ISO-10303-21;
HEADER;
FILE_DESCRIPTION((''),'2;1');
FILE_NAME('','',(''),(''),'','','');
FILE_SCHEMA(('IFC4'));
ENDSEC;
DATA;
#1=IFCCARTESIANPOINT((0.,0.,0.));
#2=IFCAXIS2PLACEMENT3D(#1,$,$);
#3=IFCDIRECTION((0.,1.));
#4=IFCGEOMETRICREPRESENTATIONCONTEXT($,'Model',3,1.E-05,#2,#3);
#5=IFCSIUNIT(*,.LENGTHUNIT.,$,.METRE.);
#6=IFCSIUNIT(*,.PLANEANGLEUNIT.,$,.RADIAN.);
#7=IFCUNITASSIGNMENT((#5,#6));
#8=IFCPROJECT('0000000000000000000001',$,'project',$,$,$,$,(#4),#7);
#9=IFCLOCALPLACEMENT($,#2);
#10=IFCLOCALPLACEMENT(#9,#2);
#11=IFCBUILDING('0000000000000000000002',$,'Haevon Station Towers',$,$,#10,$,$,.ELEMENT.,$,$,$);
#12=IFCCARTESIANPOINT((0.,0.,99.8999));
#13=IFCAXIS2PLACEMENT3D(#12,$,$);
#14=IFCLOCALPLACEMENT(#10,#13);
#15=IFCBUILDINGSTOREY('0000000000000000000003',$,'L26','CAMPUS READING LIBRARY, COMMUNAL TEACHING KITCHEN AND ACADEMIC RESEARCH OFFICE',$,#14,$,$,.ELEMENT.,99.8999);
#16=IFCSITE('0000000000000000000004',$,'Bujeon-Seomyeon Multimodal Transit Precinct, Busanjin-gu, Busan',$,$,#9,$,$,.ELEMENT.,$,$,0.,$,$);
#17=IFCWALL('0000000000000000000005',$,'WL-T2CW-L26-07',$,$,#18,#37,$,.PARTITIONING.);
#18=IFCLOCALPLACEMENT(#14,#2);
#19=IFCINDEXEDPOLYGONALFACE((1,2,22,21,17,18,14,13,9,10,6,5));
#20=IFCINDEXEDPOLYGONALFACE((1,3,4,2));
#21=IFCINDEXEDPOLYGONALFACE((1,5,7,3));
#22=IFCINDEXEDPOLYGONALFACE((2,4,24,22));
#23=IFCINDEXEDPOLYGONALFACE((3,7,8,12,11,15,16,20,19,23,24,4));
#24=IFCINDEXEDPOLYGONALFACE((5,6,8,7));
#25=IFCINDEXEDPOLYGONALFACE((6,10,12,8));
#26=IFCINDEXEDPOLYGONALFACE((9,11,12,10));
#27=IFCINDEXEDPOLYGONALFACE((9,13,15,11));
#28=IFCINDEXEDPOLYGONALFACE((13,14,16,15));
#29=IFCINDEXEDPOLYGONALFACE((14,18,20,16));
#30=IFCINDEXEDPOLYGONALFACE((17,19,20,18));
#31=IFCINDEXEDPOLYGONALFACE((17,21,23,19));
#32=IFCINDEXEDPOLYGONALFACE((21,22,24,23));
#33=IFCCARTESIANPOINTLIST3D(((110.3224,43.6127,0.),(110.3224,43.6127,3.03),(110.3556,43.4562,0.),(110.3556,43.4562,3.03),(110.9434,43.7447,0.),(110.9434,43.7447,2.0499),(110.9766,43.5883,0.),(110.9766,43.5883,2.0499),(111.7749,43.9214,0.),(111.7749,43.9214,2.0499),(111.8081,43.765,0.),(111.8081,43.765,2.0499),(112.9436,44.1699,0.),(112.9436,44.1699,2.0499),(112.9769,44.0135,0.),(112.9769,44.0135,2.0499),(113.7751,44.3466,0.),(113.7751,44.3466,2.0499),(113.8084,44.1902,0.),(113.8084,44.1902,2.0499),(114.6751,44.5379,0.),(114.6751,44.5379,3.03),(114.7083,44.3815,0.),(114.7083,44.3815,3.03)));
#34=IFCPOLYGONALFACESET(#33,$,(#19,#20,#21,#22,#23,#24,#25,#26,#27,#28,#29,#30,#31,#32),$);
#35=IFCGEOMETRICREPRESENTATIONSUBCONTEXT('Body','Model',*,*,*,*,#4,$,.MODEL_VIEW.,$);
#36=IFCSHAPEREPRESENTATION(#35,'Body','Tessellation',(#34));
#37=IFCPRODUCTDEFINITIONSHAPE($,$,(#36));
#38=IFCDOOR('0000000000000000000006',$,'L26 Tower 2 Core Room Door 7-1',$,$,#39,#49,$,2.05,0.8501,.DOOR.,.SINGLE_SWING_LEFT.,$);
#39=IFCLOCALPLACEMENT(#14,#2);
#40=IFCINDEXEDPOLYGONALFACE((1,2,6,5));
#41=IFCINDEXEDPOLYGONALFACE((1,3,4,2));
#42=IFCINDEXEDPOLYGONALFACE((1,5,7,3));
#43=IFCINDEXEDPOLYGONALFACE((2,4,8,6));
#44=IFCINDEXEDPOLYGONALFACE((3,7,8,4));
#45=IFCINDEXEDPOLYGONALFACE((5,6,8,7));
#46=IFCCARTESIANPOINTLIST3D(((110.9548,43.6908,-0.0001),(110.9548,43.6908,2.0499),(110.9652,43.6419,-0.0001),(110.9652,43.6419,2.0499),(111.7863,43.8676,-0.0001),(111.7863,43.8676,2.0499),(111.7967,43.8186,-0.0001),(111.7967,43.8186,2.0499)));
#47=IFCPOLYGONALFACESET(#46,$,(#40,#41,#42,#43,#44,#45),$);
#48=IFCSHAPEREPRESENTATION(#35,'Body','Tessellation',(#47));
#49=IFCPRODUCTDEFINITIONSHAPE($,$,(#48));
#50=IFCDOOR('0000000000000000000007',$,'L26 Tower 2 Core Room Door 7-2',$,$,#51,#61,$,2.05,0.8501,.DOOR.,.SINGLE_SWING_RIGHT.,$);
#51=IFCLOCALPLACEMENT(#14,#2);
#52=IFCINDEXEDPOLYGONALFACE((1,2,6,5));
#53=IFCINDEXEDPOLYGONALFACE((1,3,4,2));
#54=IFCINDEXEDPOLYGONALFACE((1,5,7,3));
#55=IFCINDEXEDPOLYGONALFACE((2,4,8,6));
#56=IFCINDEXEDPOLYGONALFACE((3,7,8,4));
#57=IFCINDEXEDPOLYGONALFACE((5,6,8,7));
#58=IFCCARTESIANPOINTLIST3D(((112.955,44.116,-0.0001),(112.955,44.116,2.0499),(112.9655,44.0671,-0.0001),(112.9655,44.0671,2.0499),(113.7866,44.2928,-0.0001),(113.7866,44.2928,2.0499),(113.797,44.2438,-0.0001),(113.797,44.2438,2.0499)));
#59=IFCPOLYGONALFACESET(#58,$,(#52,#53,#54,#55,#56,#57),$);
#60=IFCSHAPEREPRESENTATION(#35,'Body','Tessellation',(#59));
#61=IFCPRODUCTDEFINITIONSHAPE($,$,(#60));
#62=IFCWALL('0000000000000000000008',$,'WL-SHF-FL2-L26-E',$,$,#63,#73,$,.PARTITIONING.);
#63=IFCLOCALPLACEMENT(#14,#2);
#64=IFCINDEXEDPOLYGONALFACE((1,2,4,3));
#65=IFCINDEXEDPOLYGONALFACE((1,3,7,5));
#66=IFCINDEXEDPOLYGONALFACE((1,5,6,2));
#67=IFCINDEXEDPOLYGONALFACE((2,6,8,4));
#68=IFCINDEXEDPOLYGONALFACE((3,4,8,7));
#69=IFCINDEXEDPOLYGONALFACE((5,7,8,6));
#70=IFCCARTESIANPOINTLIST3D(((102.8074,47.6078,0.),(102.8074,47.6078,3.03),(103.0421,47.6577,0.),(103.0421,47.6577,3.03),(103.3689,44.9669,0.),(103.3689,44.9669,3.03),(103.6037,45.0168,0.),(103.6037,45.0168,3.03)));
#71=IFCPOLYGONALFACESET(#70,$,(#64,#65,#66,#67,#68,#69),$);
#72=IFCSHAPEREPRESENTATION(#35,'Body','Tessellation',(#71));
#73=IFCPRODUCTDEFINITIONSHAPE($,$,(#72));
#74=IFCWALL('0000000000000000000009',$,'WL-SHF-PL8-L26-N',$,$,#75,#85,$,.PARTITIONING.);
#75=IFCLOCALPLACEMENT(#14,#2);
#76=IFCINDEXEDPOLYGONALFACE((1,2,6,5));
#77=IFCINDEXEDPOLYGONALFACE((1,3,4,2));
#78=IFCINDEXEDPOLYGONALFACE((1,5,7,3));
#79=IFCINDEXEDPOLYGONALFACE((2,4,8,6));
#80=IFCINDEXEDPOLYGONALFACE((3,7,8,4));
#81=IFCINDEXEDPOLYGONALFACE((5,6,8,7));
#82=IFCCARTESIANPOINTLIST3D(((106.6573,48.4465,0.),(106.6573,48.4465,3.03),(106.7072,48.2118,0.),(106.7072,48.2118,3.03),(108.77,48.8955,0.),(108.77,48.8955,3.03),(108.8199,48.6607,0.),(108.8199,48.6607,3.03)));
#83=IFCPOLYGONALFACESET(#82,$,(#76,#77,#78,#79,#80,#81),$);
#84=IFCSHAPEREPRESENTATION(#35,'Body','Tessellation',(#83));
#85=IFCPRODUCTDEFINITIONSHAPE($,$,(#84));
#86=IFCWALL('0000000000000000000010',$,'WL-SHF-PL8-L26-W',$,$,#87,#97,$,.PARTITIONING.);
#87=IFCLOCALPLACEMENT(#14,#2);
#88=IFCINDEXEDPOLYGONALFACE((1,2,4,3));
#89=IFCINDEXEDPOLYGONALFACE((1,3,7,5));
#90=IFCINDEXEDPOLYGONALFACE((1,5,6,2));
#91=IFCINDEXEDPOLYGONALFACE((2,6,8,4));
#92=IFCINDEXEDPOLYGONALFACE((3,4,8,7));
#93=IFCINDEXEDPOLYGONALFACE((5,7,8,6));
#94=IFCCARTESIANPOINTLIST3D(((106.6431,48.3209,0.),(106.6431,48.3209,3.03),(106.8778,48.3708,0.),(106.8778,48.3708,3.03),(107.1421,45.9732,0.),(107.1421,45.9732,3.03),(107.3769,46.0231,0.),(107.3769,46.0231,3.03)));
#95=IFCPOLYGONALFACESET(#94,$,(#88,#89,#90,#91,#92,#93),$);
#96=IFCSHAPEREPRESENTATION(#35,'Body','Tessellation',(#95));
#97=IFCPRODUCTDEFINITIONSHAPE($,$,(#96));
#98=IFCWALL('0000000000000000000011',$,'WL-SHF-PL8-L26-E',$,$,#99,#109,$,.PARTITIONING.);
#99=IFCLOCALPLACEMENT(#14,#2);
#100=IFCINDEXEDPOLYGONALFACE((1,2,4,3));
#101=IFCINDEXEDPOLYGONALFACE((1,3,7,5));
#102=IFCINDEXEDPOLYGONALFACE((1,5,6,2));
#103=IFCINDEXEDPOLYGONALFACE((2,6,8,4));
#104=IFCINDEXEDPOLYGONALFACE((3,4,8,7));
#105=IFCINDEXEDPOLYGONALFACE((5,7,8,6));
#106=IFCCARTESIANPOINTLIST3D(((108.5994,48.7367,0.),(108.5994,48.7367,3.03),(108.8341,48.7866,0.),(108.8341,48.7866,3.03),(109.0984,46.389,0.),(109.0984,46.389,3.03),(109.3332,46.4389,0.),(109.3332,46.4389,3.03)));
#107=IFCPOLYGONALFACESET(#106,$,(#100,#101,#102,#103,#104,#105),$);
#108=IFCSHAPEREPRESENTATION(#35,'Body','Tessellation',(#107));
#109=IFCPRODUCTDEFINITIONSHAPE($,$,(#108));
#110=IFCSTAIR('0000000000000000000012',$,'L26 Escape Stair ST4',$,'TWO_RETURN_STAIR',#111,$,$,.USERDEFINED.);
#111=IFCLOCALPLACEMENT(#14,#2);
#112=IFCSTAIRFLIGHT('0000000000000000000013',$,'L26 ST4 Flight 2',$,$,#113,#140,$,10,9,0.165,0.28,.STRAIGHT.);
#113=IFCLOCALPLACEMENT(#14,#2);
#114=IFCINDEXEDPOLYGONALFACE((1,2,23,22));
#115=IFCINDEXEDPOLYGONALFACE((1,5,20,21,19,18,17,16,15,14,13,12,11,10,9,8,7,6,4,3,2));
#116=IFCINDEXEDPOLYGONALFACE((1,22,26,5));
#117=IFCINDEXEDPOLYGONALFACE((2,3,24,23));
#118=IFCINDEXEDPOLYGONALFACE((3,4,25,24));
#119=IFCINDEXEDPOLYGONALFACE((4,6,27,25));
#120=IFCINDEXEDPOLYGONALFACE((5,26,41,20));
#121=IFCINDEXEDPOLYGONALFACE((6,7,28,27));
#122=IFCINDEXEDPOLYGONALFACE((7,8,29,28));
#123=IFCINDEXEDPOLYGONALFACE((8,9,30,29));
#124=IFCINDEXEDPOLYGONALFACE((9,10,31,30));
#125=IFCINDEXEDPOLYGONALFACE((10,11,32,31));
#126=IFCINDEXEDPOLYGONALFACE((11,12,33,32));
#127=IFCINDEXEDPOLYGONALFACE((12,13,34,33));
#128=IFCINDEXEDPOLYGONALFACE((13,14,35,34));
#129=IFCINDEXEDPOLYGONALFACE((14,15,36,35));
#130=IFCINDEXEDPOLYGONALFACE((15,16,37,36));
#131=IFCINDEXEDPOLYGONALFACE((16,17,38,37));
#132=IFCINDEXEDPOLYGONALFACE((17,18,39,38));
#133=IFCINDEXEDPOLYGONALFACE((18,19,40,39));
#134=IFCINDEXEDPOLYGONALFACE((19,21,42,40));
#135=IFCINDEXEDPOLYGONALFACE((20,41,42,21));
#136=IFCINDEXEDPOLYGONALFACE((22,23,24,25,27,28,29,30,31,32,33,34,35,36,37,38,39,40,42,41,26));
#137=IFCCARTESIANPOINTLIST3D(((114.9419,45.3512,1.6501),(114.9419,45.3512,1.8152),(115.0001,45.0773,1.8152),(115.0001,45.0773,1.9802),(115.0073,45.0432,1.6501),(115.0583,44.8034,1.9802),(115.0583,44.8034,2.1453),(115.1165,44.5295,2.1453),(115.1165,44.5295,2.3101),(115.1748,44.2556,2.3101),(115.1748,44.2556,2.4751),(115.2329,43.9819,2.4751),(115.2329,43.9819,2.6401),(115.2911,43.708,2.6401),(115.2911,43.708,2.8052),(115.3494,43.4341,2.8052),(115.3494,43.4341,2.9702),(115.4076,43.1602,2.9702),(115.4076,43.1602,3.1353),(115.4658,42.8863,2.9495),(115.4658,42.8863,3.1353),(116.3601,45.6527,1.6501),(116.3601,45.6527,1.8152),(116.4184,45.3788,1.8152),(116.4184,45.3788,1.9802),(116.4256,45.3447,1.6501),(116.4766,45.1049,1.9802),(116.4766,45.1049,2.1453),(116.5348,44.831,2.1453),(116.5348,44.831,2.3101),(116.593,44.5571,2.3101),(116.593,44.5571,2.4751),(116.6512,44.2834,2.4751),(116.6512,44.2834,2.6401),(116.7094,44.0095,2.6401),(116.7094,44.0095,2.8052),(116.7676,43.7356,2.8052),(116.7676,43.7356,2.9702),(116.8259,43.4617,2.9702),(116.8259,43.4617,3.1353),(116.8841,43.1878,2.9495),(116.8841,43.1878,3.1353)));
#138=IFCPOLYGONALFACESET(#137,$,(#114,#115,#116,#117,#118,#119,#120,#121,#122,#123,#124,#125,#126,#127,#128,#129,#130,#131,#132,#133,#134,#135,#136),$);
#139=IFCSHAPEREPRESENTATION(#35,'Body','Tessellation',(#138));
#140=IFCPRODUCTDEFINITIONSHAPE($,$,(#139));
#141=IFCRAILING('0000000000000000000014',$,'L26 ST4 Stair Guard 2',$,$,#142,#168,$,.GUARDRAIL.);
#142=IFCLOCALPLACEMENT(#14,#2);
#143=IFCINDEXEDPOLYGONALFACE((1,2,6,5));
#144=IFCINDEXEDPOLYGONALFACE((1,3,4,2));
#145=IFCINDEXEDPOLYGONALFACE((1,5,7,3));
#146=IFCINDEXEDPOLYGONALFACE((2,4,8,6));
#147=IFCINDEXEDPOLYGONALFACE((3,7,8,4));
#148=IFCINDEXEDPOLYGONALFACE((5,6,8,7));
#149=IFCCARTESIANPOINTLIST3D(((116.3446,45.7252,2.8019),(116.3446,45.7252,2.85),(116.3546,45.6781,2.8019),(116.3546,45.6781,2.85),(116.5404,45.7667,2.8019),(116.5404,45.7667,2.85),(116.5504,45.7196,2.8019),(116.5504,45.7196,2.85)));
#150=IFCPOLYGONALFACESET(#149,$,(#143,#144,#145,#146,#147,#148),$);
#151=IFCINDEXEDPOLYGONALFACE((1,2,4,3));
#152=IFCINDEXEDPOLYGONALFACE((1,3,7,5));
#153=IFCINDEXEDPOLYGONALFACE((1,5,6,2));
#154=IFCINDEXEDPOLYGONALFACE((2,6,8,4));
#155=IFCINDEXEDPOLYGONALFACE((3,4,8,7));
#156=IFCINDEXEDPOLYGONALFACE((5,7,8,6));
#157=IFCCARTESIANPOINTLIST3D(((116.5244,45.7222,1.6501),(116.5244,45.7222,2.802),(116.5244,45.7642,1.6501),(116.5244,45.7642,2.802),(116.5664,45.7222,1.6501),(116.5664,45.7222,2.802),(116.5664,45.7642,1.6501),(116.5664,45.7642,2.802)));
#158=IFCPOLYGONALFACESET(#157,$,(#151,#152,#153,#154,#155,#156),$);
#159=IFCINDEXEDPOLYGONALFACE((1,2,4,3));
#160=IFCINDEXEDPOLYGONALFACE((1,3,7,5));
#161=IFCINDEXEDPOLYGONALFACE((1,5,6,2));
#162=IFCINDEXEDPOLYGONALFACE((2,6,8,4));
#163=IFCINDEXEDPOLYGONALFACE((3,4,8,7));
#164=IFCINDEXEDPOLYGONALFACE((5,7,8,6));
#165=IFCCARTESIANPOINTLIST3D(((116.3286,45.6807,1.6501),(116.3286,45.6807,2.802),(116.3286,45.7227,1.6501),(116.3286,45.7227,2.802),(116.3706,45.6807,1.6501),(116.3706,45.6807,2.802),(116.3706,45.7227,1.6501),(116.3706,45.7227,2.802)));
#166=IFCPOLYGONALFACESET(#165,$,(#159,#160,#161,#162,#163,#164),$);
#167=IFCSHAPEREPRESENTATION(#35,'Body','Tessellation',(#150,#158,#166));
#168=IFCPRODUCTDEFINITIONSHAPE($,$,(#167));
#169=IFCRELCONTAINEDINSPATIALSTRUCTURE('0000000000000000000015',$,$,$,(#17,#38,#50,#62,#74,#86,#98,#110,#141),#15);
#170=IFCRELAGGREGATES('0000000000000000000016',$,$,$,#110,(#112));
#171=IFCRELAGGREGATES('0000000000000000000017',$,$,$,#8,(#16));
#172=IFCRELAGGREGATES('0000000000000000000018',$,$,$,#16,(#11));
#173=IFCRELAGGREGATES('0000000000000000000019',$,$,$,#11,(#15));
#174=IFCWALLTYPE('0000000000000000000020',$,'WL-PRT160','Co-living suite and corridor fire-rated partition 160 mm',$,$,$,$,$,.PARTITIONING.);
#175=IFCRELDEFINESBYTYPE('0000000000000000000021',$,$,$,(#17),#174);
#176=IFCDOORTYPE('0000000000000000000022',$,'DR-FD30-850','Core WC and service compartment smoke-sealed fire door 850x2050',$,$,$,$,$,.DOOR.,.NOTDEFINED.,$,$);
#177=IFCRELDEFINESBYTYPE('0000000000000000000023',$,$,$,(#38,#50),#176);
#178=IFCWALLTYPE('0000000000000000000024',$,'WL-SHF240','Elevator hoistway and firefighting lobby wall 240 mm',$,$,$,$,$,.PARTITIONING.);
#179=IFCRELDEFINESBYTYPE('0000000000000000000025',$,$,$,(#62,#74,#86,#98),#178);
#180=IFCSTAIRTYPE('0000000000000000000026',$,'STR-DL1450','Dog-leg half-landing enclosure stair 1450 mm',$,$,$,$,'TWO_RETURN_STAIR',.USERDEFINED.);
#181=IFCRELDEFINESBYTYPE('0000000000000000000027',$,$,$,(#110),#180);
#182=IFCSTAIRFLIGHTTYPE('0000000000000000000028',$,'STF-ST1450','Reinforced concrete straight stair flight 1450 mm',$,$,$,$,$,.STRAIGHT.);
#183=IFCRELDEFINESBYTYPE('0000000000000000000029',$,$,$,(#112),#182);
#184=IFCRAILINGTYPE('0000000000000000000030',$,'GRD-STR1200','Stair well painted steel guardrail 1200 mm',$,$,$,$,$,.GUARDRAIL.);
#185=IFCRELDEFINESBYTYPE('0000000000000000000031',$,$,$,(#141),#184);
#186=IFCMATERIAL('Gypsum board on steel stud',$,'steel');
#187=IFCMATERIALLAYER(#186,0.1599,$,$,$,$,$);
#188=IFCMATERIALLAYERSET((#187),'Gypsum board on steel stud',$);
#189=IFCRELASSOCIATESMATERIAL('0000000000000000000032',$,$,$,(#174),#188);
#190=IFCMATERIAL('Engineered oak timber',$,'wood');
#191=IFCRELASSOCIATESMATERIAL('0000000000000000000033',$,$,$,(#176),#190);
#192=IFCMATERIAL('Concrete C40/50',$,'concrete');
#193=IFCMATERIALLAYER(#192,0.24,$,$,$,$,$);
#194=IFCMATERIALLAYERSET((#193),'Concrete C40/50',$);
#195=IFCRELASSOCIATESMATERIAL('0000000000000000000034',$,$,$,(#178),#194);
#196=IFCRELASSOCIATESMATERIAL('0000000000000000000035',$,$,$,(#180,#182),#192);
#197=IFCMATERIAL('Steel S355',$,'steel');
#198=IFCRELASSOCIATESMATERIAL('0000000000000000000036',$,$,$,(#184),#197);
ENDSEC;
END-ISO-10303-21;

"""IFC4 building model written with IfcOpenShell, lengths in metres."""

from ifc_helpers import new_model, si_unit, direction, frame, frame_2d, origin, origin_2d, place, context, subcontext, project, spatial, polyline, rectangle, outline, extrude, material, layer, layer_set, type_object, element, fill, aggregate, save


model = new_model("IFC4")

# Units and contexts
model_context = context("Model", 3, precision=1e-05, world=origin(), true_north=direction((0.0, 1.0)))
body_context = subcontext(model_context, "Body", "Model", "MODEL_VIEW")
ifc_project = project(units=[si_unit("LENGTHUNIT", "METRE"), si_unit("PLANEANGLEUNIT", "RADIAN")], contexts=[model_context])

# Site, building, storey
site_placement = place(None, origin())
site = spatial("IfcSite", under=ifc_project, at=site_placement, Name="Bujeon-Seomyeon Multimodal Transit Precinct, Busanjin-gu, Busan", CompositionType="ELEMENT", RefElevation=0.0)
building_placement = place(site_placement, origin())
building = spatial("IfcBuilding", under=site, at=building_placement, Name="Haevon Station Towers", CompositionType="ELEMENT")
storey_placement = place(building_placement, frame((0.0, 0.0, 99.8999)))
storey = spatial("IfcBuildingStorey", under=building, at=storey_placement, Name="L26", Description="CAMPUS READING LIBRARY, COMMUNAL TEACHING KITCHEN AND ACADEMIC RESEARCH OFFICE", CompositionType="ELEMENT", Elevation=99.8999)

# Shared definitions
ifc_material_1 = material(Name="Gypsum board on steel stud", Category="steel")
ifc_material_2 = material(Name="Engineered oak timber", Category="wood")

# Shared definitions
ifc_layer_1 = layer(ifc_material_1, 0.1599)
ifc_layer_set_1 = layer_set([ifc_layer_1], Name="Gypsum board on steel stud")
wall_type_1 = type_object("IfcWallType", Name="WL-PRT160", Description="Co-living suite and corridor fire-rated partition 160 mm", PredefinedType="PARTITIONING", material=ifc_layer_set_1)

# Wall, openings, doors
wall_1_placement = place(storey_placement, frame((110.3389, 43.5344, 0.0), z_axis=(0.0, 0.0, 1.0), x_axis=(0.978144, 0.207929, 0.0)))
wall_1 = element("IfcWall", 1, at=wall_1_placement, inside=storey, type_object=wall_type_1, Name="WL-T2CW-L26-07", PredefinedType="PARTITIONING", context=body_context, shape_type="SweptSolid", body=[
    extrude(rectangle(XDim=4.45, YDim=0.1599, at=frame_2d((2.2251, 0.0))), origin(), (0.0, 0.0, 1.0), 3.03),
])
opening_1_placement = place(wall_1_placement, frame((0.635, 0.0, 0.0)))
opening_1 = element("IfcOpeningElement", 2, at=opening_1_placement, cuts=wall_1, PredefinedType="OPENING", context=body_context, shape_type="SweptSolid", body=[
    extrude(rectangle(XDim=0.8501, YDim=2.05, at=frame_2d((0.425, 1.0249))), frame((0.0, 0.0898, 0.0), z_axis=(0.0, -1.0, 0.0), x_axis=(1.0, 0.0, 0.0)), (0.0, 0.0, 1.0), 0.1799),
])
opening_2_placement = place(wall_1_placement, frame((2.6799, 0.0, 0.0)))
opening_2 = element("IfcOpeningElement", 3, at=opening_2_placement, cuts=wall_1, PredefinedType="OPENING", context=body_context, shape_type="SweptSolid", body=[
    extrude(rectangle(XDim=0.8501, YDim=2.05, at=frame_2d((0.425, 1.0249))), frame((0.0, 0.0898, 0.0), z_axis=(0.0, -1.0, 0.0), x_axis=(1.0, 0.0, 0.0)), (0.0, 0.0, 1.0), 0.1799),
])
door_type_1 = type_object("IfcDoorType", Name="DR-FD30-850", Description="Core WC and service compartment smoke-sealed fire door 850x2050", OperationType="NOTDEFINED", PredefinedType="DOOR", material=ifc_material_2)
door_1_placement = place(opening_1_placement, origin())
door_1 = element("IfcDoor", 4, at=door_1_placement, inside=storey, type_object=door_type_1, Name="L26 Tower 2 Core Room Door 7-1", OperationType="SINGLE_SWING_LEFT", OverallHeight=2.05, OverallWidth=0.8501, PredefinedType="DOOR", context=body_context, shape_type="SweptSolid", body=[
    extrude(rectangle(XDim=0.8501, YDim=2.05, at=frame_2d((0.425, 1.0249))), frame((0.0, 0.0249, 0.0), z_axis=(0.0, -1.0, 0.0), x_axis=(1.0, 0.0, 0.0)), (0.0, 0.0, 1.0), 0.05),
])
fill(opening_1, door_1)
door_2_placement = place(opening_2_placement, origin())
door_2 = element("IfcDoor", 5, at=door_2_placement, inside=storey, type_object=door_type_1, Name="L26 Tower 2 Core Room Door 7-2", OperationType="SINGLE_SWING_RIGHT", OverallHeight=2.05, OverallWidth=0.8501, PredefinedType="DOOR", context=body_context, shape_type="SweptSolid", body=[
    extrude(rectangle(XDim=0.8501, YDim=2.05, at=frame_2d((0.425, 1.0249))), frame((0.0, 0.0249, 0.0), z_axis=(0.0, -1.0, 0.0), x_axis=(1.0, 0.0, 0.0)), (0.0, 0.0, 1.0), 0.05),
])
fill(opening_2, door_2)

# Wall
ifc_material_3 = material(Name="Concrete C40/50", Category="concrete")
ifc_layer_2 = layer(ifc_material_3, 0.24)
ifc_layer_set_2 = layer_set([ifc_layer_2], Name="Concrete C40/50")
wall_type_2 = type_object("IfcWallType", Name="WL-SHF240", Description="Elevator hoistway and firefighting lobby wall 240 mm", PredefinedType="PARTITIONING", material=ifc_layer_set_2)
wall_2_placement = place(storey_placement, frame((103.4863, 44.9917, 0.0), z_axis=(0.0, 0.0, 1.0), x_axis=(-0.207979, 0.978133, 0.0)))
element("IfcWall", 6, at=wall_2_placement, inside=storey, type_object=wall_type_2, Name="WL-SHF-FL2-L26-E", PredefinedType="PARTITIONING", context=body_context, shape_type="SweptSolid", body=[
    extrude(rectangle(XDim=2.7, YDim=0.24, at=frame_2d((1.3501, 0.0))), origin(), (0.0, 0.0, 1.0), 3.03),
])

# Walls
wall_3_placement = place(storey_placement, frame((106.6821, 48.3291, 0.0), z_axis=(0.0, 0.0, 1.0), x_axis=(0.978158, 0.207861, 0.0)))
element("IfcWall", 7, at=wall_3_placement, inside=storey, type_object=wall_type_2, Name="WL-SHF-PL8-L26-N", PredefinedType="PARTITIONING", context=body_context, shape_type="SweptSolid", body=[
    extrude(rectangle(XDim=2.1599, YDim=0.24, at=frame_2d((1.0801, 0.0))), origin(), (0.0, 0.0, 1.0), 3.03),
])
for number, where, z_axis, x_axis, name in (
    (8, (107.2595, 45.998, 0.0), (0.0, 0.0, 1.0), (-0.207917, 0.978146, 0.0), "WL-SHF-PL8-L26-W"),
    (9, (109.2158, 46.4138, 0.0), (0.0, 0.0, 1.0), (-0.207917, 0.978146, 0.0), "WL-SHF-PL8-L26-E"),
):
    element("IfcWall", number, at=place(storey_placement, frame(where, z_axis=z_axis, x_axis=x_axis)), inside=storey, type_object=wall_type_2, Name=name, PredefinedType="PARTITIONING", context=body_context, shape_type="SweptSolid", body=[
        extrude(rectangle(XDim=2.4001, YDim=0.24, at=frame_2d((1.2002, 0.0))), origin(), (0.0, 0.0, 1.0), 3.03),
    ])

# Stair, stair flight
stair_type = type_object("IfcStairType", Name="STR-DL1450", Description="Dog-leg half-landing enclosure stair 1450 mm", ElementType="TWO_RETURN_STAIR", PredefinedType="USERDEFINED", material=ifc_material_3)
stair_placement = place(storey_placement, origin())
stair = element("IfcStair", 10, at=stair_placement, inside=storey, type_object=stair_type, Name="L26 Escape Stair ST4", ObjectType="TWO_RETURN_STAIR", PredefinedType="USERDEFINED")
stair_flight_type = type_object("IfcStairFlightType", Name="STF-ST1450", Description="Reinforced concrete straight stair flight 1450 mm", PredefinedType="STRAIGHT", material=ifc_material_3)
stair_flight_placement = place(storey_placement, frame((115.6509, 45.502, 1.6501), z_axis=(0.0, 0.0, 1.0), x_axis=(0.207912, -0.978148, 0.0)))
stair_flight = element("IfcStairFlight", 11, at=stair_flight_placement, type_object=stair_flight_type, Name="L26 ST4 Flight 2", NumberOfRisers=10, NumberOfTreads=9, PredefinedType="STRAIGHT", RiserHeight=0.165, TreadLength=0.28, context=body_context, shape_type="SweptSolid", body=[
    extrude(outline(polyline([(0.0, 0.0), (0.0, 0.165), (0.28, 0.165), (0.28, 0.3301), (0.5601, 0.3301), (0.5601, 0.4951), (0.8401, 0.4951), (0.8401, 0.6599), (1.1201, 0.6599), (1.1201, 0.825), (1.3999, 0.825), (1.3999, 0.99), (1.6799, 0.99), (1.6799, 1.155), (1.96, 1.155), (1.96, 1.3201), (2.24, 1.3201), (2.24, 1.4851), (2.52, 1.4851), (2.52, 1.6499), (2.52, 1.2993), (0.3149, 0.0), (0.0, 0.0)])), frame((0.0, 0.7251, 0.0), z_axis=(0.0, -1.0, 0.0), x_axis=(1.0, 0.0, 0.0)), (0.0, 0.0, 1.0), 1.45),
])
aggregate(stair, [stair_flight])

# Railing
ifc_material_4 = material(Name="Steel S355", Category="steel")
railing_type_1 = type_object("IfcRailingType", Name="GRD-STR1200", Description="Stair well painted steel guardrail 1200 mm", PredefinedType="GUARDRAIL", material=ifc_material_4)
railing_1_placement = place(storey_placement, frame((116.5454, 45.7432, 1.6501)))
element("IfcRailing", 12, at=railing_1_placement, inside=storey, type_object=railing_type_1, Name="L26 ST4 Stair Guard 2", PredefinedType="GUARDRAIL", context=body_context, shape_type="SweptSolid", body=[
    extrude(rectangle(XDim=0.0481, YDim=0.0481, at=origin_2d()), frame((0.0, 0.0, 1.1758), z_axis=(-0.978264, -0.207363, 0.0), x_axis=(0.207363, -0.978264, 0.0)), (0.0, 0.0, 1.0), 0.2002),
    extrude(rectangle(XDim=0.042, YDim=0.042, at=origin_2d()), origin(), (0.0, 0.0, 1.0), 1.1519),
    extrude(rectangle(XDim=0.042, YDim=0.042, at=origin_2d()), frame((-0.1958, -0.0415, 0.0)), (0.0, 0.0, 1.0), 1.1519),
])

save(model, "model.ifc")
